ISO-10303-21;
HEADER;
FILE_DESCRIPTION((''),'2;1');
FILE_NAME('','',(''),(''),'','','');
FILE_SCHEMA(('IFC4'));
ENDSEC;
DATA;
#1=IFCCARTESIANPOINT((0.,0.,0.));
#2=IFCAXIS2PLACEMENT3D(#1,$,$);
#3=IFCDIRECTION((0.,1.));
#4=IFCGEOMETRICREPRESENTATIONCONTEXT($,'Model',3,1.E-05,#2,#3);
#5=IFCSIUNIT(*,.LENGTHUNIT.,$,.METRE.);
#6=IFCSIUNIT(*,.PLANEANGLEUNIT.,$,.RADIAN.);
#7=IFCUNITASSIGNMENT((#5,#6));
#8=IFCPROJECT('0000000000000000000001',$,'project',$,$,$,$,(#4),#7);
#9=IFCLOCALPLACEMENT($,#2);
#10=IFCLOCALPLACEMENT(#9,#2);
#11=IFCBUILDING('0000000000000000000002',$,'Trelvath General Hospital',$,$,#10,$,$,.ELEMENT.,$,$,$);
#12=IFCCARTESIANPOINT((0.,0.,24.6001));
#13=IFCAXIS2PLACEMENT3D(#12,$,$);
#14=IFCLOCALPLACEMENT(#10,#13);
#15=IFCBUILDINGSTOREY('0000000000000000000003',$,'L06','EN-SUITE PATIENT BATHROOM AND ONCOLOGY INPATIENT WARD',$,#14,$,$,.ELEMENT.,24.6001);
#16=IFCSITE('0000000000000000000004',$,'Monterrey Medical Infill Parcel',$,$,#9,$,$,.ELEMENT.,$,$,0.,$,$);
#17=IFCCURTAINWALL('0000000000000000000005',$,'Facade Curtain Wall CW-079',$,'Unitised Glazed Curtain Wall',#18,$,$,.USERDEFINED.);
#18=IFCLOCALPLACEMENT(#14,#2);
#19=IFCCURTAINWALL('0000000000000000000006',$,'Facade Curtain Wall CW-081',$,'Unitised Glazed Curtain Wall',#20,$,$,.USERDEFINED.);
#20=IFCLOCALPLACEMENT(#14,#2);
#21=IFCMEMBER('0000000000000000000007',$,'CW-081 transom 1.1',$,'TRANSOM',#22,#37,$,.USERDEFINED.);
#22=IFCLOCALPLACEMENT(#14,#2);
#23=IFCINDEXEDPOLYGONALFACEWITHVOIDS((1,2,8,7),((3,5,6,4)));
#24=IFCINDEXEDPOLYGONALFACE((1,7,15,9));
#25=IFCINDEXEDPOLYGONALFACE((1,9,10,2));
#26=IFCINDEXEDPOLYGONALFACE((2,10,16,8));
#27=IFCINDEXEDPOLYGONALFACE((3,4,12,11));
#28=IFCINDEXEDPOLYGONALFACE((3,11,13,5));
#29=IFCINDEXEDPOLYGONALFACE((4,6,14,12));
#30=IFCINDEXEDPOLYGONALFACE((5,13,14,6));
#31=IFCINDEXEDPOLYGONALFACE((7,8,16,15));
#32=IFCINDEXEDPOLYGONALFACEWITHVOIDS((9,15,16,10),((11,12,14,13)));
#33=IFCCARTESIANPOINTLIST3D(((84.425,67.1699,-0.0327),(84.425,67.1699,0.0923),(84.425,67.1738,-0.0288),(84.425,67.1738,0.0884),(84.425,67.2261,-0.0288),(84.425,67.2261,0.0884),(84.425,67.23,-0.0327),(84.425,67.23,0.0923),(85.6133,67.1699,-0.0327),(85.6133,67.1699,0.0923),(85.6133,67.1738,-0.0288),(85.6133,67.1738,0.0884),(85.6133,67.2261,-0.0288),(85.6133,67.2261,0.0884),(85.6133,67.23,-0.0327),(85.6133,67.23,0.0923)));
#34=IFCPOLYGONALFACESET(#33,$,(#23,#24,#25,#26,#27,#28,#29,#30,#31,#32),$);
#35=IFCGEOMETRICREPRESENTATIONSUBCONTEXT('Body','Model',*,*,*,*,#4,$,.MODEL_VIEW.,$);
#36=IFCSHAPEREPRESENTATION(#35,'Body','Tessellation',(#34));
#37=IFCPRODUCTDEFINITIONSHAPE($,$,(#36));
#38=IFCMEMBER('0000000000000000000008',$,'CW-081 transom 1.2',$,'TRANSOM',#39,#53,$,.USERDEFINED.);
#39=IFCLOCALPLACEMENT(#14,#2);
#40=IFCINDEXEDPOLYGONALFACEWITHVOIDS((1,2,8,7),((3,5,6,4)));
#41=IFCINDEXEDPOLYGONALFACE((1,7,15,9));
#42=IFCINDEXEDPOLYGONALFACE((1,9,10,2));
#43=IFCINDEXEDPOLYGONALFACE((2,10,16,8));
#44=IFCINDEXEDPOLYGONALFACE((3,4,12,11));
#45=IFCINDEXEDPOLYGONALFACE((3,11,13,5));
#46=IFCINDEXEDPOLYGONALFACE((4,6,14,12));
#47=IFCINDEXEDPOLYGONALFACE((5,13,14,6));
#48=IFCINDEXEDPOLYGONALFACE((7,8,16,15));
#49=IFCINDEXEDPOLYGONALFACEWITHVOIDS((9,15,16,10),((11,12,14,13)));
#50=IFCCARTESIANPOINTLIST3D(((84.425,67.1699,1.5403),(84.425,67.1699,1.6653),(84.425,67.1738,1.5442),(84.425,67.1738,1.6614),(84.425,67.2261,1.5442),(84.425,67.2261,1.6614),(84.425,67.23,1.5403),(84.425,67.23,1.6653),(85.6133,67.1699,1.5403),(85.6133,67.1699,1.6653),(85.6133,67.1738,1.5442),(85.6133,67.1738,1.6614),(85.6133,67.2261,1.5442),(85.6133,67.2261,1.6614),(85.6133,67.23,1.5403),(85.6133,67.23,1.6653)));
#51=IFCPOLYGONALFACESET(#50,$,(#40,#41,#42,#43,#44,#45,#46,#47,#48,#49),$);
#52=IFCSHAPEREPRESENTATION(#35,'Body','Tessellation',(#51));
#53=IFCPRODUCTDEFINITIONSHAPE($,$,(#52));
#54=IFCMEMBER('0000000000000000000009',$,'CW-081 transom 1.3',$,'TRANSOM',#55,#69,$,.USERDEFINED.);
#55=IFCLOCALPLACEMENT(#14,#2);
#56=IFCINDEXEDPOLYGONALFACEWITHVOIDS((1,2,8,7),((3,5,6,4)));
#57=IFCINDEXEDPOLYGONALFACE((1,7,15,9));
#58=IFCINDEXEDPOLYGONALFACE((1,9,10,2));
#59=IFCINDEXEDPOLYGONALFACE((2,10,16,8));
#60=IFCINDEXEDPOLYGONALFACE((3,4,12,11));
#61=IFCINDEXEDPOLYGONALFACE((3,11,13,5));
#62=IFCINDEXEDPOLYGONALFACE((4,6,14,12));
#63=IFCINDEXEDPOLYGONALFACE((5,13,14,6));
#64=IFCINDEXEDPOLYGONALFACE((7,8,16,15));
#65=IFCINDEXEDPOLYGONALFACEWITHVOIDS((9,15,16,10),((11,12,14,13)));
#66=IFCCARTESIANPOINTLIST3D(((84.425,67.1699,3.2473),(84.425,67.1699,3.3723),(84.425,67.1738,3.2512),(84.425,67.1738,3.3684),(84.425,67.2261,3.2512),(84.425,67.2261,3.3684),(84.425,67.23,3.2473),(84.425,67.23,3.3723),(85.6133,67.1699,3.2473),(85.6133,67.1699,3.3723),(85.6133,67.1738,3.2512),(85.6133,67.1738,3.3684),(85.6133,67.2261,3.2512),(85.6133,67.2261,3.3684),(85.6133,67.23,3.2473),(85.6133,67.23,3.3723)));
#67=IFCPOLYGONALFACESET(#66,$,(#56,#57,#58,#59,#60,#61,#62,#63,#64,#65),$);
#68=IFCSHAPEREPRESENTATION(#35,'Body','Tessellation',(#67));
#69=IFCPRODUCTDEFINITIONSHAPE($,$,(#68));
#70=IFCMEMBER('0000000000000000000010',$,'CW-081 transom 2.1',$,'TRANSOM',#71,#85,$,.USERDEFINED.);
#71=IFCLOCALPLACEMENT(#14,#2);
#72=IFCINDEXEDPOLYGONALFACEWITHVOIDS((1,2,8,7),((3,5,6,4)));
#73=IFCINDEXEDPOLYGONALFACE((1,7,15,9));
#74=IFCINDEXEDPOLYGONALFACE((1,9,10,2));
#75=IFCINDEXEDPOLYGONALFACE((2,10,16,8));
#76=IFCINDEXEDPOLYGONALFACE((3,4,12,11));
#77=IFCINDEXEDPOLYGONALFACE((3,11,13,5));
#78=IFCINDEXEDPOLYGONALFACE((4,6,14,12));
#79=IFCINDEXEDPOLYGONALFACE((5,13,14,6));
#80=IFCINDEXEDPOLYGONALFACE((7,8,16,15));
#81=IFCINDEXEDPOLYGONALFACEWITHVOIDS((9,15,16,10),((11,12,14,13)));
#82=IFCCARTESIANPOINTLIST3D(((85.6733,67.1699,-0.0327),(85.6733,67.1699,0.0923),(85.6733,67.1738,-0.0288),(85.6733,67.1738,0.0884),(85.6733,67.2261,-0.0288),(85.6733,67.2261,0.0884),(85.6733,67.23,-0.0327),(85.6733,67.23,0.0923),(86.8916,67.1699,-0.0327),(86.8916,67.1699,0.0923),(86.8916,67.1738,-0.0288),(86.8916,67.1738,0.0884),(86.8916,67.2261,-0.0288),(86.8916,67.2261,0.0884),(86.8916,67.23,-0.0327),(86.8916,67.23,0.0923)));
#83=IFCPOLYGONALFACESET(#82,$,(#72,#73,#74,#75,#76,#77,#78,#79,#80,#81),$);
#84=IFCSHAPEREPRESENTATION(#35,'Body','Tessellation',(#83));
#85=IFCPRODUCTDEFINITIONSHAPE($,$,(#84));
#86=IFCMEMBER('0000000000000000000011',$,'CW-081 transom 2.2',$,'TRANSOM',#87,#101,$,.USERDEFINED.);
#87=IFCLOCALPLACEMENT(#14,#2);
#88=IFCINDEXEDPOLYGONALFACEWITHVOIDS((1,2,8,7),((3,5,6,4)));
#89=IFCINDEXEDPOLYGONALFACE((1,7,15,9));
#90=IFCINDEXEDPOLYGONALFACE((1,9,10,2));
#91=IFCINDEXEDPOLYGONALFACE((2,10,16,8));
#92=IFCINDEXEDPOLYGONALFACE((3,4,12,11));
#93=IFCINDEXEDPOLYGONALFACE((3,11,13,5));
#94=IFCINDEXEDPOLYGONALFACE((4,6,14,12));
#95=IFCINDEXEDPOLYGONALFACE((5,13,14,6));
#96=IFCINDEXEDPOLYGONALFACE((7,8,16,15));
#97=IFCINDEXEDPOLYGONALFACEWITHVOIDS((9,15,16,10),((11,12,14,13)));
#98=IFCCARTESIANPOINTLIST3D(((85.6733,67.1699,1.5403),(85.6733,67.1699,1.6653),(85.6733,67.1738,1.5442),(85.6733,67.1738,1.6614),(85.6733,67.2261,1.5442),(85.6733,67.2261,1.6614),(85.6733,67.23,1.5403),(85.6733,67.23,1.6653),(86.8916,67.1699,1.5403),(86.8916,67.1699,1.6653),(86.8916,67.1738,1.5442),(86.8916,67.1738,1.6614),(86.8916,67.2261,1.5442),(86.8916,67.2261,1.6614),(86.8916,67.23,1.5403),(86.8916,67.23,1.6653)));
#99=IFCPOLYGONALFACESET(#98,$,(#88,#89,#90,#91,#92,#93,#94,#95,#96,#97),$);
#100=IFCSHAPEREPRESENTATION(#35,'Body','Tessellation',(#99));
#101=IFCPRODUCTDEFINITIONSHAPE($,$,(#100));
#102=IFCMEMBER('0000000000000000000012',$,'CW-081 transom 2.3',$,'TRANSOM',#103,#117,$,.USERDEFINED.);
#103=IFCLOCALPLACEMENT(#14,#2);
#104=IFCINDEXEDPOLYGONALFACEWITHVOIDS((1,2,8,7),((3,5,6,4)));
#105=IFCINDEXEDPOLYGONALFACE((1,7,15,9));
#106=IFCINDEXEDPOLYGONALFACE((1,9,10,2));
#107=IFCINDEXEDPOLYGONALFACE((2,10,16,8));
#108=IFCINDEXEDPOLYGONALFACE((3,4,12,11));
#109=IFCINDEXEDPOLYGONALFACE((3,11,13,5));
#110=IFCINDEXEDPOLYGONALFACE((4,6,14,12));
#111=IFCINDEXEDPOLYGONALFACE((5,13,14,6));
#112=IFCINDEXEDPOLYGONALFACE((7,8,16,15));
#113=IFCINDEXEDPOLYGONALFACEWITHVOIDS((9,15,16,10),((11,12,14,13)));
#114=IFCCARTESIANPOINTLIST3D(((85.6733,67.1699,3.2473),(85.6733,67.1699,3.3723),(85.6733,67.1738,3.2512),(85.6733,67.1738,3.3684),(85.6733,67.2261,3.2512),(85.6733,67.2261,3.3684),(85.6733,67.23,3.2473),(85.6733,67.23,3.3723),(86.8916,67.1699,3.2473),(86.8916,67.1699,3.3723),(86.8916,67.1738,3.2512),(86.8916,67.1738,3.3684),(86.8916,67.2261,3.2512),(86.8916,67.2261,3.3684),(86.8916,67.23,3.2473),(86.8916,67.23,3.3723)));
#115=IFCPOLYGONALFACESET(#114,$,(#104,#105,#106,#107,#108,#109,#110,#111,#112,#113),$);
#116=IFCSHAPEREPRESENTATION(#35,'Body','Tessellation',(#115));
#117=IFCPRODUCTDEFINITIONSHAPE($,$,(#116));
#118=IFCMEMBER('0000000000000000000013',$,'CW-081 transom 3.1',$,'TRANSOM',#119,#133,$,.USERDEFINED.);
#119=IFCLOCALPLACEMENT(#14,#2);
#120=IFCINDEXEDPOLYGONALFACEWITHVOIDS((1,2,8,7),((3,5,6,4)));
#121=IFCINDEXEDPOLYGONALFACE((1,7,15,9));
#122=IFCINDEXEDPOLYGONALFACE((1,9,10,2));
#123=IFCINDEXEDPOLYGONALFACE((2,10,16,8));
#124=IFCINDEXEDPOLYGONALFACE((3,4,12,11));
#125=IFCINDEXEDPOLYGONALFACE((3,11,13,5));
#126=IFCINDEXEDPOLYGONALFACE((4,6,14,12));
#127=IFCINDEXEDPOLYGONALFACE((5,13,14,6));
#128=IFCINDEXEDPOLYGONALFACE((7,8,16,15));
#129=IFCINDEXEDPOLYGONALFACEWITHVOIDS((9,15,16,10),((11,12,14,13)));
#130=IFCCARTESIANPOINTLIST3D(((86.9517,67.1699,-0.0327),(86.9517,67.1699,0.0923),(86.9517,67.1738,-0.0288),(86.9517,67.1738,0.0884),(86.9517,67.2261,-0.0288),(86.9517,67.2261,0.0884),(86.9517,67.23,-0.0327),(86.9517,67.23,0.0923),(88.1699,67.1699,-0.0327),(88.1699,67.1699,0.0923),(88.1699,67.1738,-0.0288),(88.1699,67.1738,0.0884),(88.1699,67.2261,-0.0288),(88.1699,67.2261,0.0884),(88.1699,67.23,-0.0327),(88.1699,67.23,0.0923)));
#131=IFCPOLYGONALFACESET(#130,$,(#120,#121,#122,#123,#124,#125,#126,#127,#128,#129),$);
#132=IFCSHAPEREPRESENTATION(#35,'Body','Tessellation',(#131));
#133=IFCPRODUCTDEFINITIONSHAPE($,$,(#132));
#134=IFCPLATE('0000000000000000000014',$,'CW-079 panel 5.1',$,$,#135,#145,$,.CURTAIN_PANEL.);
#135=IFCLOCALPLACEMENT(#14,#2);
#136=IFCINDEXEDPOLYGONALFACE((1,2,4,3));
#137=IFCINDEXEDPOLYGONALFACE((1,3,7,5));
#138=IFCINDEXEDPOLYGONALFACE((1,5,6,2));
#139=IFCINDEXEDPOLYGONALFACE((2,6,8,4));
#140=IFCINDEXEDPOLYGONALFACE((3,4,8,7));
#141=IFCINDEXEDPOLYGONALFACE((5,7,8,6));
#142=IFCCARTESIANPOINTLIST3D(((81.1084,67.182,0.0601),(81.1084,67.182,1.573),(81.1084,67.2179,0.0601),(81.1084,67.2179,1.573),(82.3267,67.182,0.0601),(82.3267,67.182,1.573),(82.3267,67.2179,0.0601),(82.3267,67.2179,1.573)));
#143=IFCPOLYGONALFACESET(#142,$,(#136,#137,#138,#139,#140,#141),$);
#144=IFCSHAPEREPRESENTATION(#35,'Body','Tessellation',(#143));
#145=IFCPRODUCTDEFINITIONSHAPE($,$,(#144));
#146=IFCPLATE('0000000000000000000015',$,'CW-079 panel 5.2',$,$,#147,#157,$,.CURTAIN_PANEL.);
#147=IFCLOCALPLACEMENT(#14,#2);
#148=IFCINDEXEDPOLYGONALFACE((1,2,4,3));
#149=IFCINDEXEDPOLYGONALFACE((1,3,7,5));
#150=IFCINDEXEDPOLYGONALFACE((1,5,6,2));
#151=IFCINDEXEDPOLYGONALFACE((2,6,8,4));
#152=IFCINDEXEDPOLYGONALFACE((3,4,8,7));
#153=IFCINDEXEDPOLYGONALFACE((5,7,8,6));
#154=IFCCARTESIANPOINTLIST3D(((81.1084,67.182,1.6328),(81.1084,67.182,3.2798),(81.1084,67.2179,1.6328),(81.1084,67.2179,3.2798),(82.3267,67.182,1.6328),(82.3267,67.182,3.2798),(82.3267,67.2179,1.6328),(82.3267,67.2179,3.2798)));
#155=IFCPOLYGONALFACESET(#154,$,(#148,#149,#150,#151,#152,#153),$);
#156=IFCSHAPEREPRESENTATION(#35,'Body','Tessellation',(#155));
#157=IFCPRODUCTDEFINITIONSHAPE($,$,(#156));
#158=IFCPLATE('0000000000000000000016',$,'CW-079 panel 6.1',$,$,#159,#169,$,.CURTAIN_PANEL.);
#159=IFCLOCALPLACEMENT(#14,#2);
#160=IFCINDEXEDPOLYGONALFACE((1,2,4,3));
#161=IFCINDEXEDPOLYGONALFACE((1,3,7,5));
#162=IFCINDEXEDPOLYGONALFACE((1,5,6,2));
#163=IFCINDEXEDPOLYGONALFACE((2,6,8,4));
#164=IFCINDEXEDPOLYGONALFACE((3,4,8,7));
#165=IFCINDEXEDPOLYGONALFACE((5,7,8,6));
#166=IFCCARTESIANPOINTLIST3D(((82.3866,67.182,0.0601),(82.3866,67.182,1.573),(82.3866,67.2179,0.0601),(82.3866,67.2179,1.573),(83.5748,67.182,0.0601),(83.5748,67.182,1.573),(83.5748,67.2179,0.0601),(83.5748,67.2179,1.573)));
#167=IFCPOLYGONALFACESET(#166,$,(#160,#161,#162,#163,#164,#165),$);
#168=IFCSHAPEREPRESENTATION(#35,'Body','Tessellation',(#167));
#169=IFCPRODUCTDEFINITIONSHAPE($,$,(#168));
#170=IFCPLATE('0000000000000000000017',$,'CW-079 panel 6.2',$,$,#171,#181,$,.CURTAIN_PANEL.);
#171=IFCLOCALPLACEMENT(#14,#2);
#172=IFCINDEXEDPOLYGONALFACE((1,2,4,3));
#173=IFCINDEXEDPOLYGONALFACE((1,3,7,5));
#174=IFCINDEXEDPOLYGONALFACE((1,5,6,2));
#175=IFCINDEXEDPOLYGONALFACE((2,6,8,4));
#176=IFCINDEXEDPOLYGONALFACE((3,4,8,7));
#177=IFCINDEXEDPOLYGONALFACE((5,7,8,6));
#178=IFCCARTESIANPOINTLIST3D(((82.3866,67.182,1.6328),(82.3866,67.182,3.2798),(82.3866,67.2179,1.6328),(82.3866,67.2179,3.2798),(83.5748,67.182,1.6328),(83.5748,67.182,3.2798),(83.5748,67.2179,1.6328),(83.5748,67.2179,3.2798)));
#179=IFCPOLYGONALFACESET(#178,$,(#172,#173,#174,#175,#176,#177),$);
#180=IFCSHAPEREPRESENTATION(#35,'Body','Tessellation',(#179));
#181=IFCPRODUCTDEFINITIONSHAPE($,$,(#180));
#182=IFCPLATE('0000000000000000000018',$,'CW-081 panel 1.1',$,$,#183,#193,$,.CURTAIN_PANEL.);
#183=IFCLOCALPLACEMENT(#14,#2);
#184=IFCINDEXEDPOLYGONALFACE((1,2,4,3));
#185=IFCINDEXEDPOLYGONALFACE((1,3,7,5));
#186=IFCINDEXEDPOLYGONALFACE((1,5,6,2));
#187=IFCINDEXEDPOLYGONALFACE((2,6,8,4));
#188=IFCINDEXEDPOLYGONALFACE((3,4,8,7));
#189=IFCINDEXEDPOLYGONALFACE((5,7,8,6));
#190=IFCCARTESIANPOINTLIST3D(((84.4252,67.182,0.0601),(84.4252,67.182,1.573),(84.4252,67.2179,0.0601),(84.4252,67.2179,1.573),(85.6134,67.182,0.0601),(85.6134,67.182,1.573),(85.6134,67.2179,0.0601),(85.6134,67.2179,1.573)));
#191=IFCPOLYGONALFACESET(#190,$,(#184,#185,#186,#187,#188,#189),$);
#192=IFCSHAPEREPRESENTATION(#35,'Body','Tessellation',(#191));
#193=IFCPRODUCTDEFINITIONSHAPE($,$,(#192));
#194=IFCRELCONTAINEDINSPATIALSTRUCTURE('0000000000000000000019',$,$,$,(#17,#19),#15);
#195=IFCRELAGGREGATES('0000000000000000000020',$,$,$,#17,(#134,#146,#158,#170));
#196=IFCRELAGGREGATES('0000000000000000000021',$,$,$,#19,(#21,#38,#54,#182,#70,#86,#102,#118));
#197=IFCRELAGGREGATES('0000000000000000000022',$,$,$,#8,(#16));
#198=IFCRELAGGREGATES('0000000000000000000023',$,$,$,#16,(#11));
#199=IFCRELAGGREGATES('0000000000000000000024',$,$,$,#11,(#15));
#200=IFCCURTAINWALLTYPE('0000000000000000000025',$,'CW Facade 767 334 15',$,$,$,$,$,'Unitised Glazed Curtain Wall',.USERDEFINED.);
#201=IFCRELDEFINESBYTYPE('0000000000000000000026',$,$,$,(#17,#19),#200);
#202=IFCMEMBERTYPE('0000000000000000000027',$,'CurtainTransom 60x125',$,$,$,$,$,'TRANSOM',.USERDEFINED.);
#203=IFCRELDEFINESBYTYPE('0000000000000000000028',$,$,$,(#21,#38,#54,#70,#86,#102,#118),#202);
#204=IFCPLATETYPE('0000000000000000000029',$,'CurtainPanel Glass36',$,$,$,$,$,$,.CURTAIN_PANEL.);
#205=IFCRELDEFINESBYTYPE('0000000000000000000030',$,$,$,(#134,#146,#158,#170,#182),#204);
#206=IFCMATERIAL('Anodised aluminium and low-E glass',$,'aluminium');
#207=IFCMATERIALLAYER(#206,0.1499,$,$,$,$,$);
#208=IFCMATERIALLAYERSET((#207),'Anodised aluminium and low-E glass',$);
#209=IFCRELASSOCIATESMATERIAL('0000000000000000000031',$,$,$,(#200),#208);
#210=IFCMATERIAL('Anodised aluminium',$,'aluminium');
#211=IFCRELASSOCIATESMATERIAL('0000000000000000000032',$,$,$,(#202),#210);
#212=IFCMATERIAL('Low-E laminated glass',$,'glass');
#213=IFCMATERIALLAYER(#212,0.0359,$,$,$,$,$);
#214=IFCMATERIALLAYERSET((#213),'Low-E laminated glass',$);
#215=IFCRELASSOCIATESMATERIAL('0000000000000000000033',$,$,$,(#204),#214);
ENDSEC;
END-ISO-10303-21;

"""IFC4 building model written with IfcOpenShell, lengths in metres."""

from ifc_helpers import new_model, si_unit, direction, frame, origin, origin_2d, place, context, subcontext, project, spatial, rectangle, hollow_rectangle, extrude, material, layer, layer_set, material_profile, profile_set, type_object, element, aggregate, save


model = new_model("IFC4")

# Units and contexts
model_context = context("Model", 3, precision=1e-05, world=origin(), true_north=direction((0.0, 1.0)))
body_context = subcontext(model_context, "Body", "Model", "MODEL_VIEW")
ifc_project = project(units=[si_unit("LENGTHUNIT", "METRE"), si_unit("PLANEANGLEUNIT", "RADIAN")], contexts=[model_context])

# Site, building, storey
site_placement = place(None, origin())
site = spatial("IfcSite", under=ifc_project, at=site_placement, Name="Monterrey Medical Infill Parcel", CompositionType="ELEMENT", RefElevation=0.0)
building_placement = place(site_placement, origin())
building = spatial("IfcBuilding", under=site, at=building_placement, Name="Trelvath General Hospital", CompositionType="ELEMENT")
storey_placement = place(building_placement, frame((0.0, 0.0, 24.6001)))
storey = spatial("IfcBuildingStorey", under=building, at=storey_placement, Name="L06", Description="EN-SUITE PATIENT BATHROOM AND ONCOLOGY INPATIENT WARD", CompositionType="ELEMENT", Elevation=24.6001)

# Curtain walls
ifc_material_1 = material(Name="Anodised aluminium and low-E glass", Category="aluminium")
ifc_layer_1 = layer(ifc_material_1, 0.1499)
ifc_layer_set_1 = layer_set([ifc_layer_1], Name="Anodised aluminium and low-E glass")
curtain_wall_type = type_object("IfcCurtainWallType", Name="CW Facade 767 334 15", ElementType="Unitised Glazed Curtain Wall", PredefinedType="USERDEFINED", material=ifc_layer_set_1)
curtain_wall_1_placement = place(storey_placement, origin())
curtain_wall_1 = element("IfcCurtainWall", 1, at=curtain_wall_1_placement, inside=storey, type_object=curtain_wall_type, Name="Facade Curtain Wall CW-079", ObjectType="Unitised Glazed Curtain Wall", PredefinedType="USERDEFINED")
curtain_wall_2_placement = place(storey_placement, origin())
curtain_wall_2 = element("IfcCurtainWall", 2, at=curtain_wall_2_placement, inside=storey, type_object=curtain_wall_type, Name="Facade Curtain Wall CW-081", ObjectType="Unitised Glazed Curtain Wall", PredefinedType="USERDEFINED")

# Members
ifc_material_2 = material(Name="Anodised aluminium", Category="aluminium")
ifc_material_profile_1 = material_profile(ifc_material_2, hollow_rectangle(XDim=0.0601, YDim=0.125, WallThickness=0.0039, at=origin_2d()), Name="RHS60x125x4")
ifc_profile_set_1 = profile_set([ifc_material_profile_1], Name="Anodised aluminium")
member_type_1 = type_object("IfcMemberType", Name="CurtainTransom 60x125", ElementType="TRANSOM", PredefinedType="USERDEFINED", material=ifc_profile_set_1)
member_1_placement = place(storey_placement, frame((84.425, 67.2, 0.0298), z_axis=(1.0, 0.0, 0.0), x_axis=(0.0, 1.0, 0.0)))
member_1 = element("IfcMember", 3, at=member_1_placement, type_object=member_type_1, Name="CW-081 transom 1.1", ObjectType="TRANSOM", PredefinedType="USERDEFINED", context=body_context, shape_type="SweptSolid", body=[
    extrude(hollow_rectangle(XDim=0.0601, YDim=0.125, WallThickness=0.0039, at=origin_2d()), origin(), (0.0, 0.0, 1.0), 1.1882),
])
member_2_placement = place(storey_placement, frame((84.425, 67.2, 1.6028), z_axis=(1.0, 0.0, 0.0), x_axis=(0.0, 1.0, 0.0)))
member_2 = element("IfcMember", 4, at=member_2_placement, type_object=member_type_1, Name="CW-081 transom 1.2", ObjectType="TRANSOM", PredefinedType="USERDEFINED", context=body_context, shape_type="SweptSolid", body=[
    extrude(hollow_rectangle(XDim=0.0601, YDim=0.125, WallThickness=0.0039, at=origin_2d()), origin(), (0.0, 0.0, 1.0), 1.1882),
])
member_3_placement = place(storey_placement, frame((84.425, 67.2, 3.3098), z_axis=(1.0, 0.0, 0.0), x_axis=(0.0, 1.0, 0.0)))
member_3 = element("IfcMember", 5, at=member_3_placement, type_object=member_type_1, Name="CW-081 transom 1.3", ObjectType="TRANSOM", PredefinedType="USERDEFINED", context=body_context, shape_type="SweptSolid", body=[
    extrude(hollow_rectangle(XDim=0.0601, YDim=0.125, WallThickness=0.0039, at=origin_2d()), origin(), (0.0, 0.0, 1.0), 1.1882),
])
member_4_placement = place(storey_placement, frame((85.6733, 67.2, 0.0298), z_axis=(1.0, 0.0, 0.0), x_axis=(0.0, 1.0, 0.0)))
member_4 = element("IfcMember", 6, at=member_4_placement, type_object=member_type_1, Name="CW-081 transom 2.1", ObjectType="TRANSOM", PredefinedType="USERDEFINED", context=body_context, shape_type="SweptSolid", body=[
    extrude(hollow_rectangle(XDim=0.0601, YDim=0.125, WallThickness=0.0039, at=origin_2d()), origin(), (0.0, 0.0, 1.0), 1.2183),
])
member_5_placement = place(storey_placement, frame((85.6733, 67.2, 1.6028), z_axis=(1.0, 0.0, 0.0), x_axis=(0.0, 1.0, 0.0)))
member_5 = element("IfcMember", 7, at=member_5_placement, type_object=member_type_1, Name="CW-081 transom 2.2", ObjectType="TRANSOM", PredefinedType="USERDEFINED", context=body_context, shape_type="SweptSolid", body=[
    extrude(hollow_rectangle(XDim=0.0601, YDim=0.125, WallThickness=0.0039, at=origin_2d()), origin(), (0.0, 0.0, 1.0), 1.2183),
])
member_6_placement = place(storey_placement, frame((85.6733, 67.2, 3.3098), z_axis=(1.0, 0.0, 0.0), x_axis=(0.0, 1.0, 0.0)))
member_6 = element("IfcMember", 8, at=member_6_placement, type_object=member_type_1, Name="CW-081 transom 2.3", ObjectType="TRANSOM", PredefinedType="USERDEFINED", context=body_context, shape_type="SweptSolid", body=[
    extrude(hollow_rectangle(XDim=0.0601, YDim=0.125, WallThickness=0.0039, at=origin_2d()), origin(), (0.0, 0.0, 1.0), 1.2183),
])
member_7_placement = place(storey_placement, frame((86.9517, 67.2, 0.0298), z_axis=(1.0, 0.0, 0.0), x_axis=(0.0, 1.0, 0.0)))
member_7 = element("IfcMember", 9, at=member_7_placement, type_object=member_type_1, Name="CW-081 transom 3.1", ObjectType="TRANSOM", PredefinedType="USERDEFINED", context=body_context, shape_type="SweptSolid", body=[
    extrude(hollow_rectangle(XDim=0.0601, YDim=0.125, WallThickness=0.0039, at=origin_2d()), origin(), (0.0, 0.0, 1.0), 1.2183),
])

# Plates
ifc_material_3 = material(Name="Low-E laminated glass", Category="glass")
ifc_layer_2 = layer(ifc_material_3, 0.0359)
ifc_layer_set_2 = layer_set([ifc_layer_2], Name="Low-E laminated glass")
plate_type = type_object("IfcPlateType", Name="CurtainPanel Glass36", PredefinedType="CURTAIN_PANEL", material=ifc_layer_set_2)
plate_1_placement = place(storey_placement, frame((81.7175, 67.2, 0.0601), z_axis=(0.0, 0.0, 1.0), x_axis=(1.0, 0.0, 0.0)))
plate_1 = element("IfcPlate", 10, at=plate_1_placement, type_object=plate_type, Name="CW-079 panel 5.1", PredefinedType="CURTAIN_PANEL", context=body_context, shape_type="SweptSolid", body=[
    extrude(rectangle(XDim=1.2183, YDim=0.0359, at=origin_2d()), origin(), (0.0, 0.0, 1.0), 1.5129),
])
plate_2_placement = place(storey_placement, frame((81.7175, 67.2, 1.6328), z_axis=(0.0, 0.0, 1.0), x_axis=(1.0, 0.0, 0.0)))
plate_2 = element("IfcPlate", 11, at=plate_2_placement, type_object=plate_type, Name="CW-079 panel 5.2", PredefinedType="CURTAIN_PANEL", context=body_context, shape_type="SweptSolid", body=[
    extrude(rectangle(XDim=1.2183, YDim=0.0359, at=origin_2d()), origin(), (0.0, 0.0, 1.0), 1.647),
])
plate_3_placement = place(storey_placement, frame((82.9807, 67.2, 0.0601), z_axis=(0.0, 0.0, 1.0), x_axis=(1.0, 0.0, 0.0)))
plate_3 = element("IfcPlate", 12, at=plate_3_placement, type_object=plate_type, Name="CW-079 panel 6.1", PredefinedType="CURTAIN_PANEL", context=body_context, shape_type="SweptSolid", body=[
    extrude(rectangle(XDim=1.1882, YDim=0.0359, at=origin_2d()), origin(), (0.0, 0.0, 1.0), 1.5129),
])
plate_4_placement = place(storey_placement, frame((82.9807, 67.2, 1.6328), z_axis=(0.0, 0.0, 1.0), x_axis=(1.0, 0.0, 0.0)))
plate_4 = element("IfcPlate", 13, at=plate_4_placement, type_object=plate_type, Name="CW-079 panel 6.2", PredefinedType="CURTAIN_PANEL", context=body_context, shape_type="SweptSolid", body=[
    extrude(rectangle(XDim=1.1882, YDim=0.0359, at=origin_2d()), origin(), (0.0, 0.0, 1.0), 1.647),
])
aggregate(curtain_wall_1, [plate_1, plate_2, plate_3, plate_4])
plate_5_placement = place(storey_placement, frame((85.0193, 67.2, 0.0601), z_axis=(0.0, 0.0, 1.0), x_axis=(1.0, 0.0, 0.0)))
plate_5 = element("IfcPlate", 14, at=plate_5_placement, type_object=plate_type, Name="CW-081 panel 1.1", PredefinedType="CURTAIN_PANEL", context=body_context, shape_type="SweptSolid", body=[
    extrude(rectangle(XDim=1.1882, YDim=0.0359, at=origin_2d()), origin(), (0.0, 0.0, 1.0), 1.5129),
])
aggregate(curtain_wall_2, [member_1, member_2, member_3, plate_5, member_4, member_5, member_6, member_7])

save(model, "model.ifc")
